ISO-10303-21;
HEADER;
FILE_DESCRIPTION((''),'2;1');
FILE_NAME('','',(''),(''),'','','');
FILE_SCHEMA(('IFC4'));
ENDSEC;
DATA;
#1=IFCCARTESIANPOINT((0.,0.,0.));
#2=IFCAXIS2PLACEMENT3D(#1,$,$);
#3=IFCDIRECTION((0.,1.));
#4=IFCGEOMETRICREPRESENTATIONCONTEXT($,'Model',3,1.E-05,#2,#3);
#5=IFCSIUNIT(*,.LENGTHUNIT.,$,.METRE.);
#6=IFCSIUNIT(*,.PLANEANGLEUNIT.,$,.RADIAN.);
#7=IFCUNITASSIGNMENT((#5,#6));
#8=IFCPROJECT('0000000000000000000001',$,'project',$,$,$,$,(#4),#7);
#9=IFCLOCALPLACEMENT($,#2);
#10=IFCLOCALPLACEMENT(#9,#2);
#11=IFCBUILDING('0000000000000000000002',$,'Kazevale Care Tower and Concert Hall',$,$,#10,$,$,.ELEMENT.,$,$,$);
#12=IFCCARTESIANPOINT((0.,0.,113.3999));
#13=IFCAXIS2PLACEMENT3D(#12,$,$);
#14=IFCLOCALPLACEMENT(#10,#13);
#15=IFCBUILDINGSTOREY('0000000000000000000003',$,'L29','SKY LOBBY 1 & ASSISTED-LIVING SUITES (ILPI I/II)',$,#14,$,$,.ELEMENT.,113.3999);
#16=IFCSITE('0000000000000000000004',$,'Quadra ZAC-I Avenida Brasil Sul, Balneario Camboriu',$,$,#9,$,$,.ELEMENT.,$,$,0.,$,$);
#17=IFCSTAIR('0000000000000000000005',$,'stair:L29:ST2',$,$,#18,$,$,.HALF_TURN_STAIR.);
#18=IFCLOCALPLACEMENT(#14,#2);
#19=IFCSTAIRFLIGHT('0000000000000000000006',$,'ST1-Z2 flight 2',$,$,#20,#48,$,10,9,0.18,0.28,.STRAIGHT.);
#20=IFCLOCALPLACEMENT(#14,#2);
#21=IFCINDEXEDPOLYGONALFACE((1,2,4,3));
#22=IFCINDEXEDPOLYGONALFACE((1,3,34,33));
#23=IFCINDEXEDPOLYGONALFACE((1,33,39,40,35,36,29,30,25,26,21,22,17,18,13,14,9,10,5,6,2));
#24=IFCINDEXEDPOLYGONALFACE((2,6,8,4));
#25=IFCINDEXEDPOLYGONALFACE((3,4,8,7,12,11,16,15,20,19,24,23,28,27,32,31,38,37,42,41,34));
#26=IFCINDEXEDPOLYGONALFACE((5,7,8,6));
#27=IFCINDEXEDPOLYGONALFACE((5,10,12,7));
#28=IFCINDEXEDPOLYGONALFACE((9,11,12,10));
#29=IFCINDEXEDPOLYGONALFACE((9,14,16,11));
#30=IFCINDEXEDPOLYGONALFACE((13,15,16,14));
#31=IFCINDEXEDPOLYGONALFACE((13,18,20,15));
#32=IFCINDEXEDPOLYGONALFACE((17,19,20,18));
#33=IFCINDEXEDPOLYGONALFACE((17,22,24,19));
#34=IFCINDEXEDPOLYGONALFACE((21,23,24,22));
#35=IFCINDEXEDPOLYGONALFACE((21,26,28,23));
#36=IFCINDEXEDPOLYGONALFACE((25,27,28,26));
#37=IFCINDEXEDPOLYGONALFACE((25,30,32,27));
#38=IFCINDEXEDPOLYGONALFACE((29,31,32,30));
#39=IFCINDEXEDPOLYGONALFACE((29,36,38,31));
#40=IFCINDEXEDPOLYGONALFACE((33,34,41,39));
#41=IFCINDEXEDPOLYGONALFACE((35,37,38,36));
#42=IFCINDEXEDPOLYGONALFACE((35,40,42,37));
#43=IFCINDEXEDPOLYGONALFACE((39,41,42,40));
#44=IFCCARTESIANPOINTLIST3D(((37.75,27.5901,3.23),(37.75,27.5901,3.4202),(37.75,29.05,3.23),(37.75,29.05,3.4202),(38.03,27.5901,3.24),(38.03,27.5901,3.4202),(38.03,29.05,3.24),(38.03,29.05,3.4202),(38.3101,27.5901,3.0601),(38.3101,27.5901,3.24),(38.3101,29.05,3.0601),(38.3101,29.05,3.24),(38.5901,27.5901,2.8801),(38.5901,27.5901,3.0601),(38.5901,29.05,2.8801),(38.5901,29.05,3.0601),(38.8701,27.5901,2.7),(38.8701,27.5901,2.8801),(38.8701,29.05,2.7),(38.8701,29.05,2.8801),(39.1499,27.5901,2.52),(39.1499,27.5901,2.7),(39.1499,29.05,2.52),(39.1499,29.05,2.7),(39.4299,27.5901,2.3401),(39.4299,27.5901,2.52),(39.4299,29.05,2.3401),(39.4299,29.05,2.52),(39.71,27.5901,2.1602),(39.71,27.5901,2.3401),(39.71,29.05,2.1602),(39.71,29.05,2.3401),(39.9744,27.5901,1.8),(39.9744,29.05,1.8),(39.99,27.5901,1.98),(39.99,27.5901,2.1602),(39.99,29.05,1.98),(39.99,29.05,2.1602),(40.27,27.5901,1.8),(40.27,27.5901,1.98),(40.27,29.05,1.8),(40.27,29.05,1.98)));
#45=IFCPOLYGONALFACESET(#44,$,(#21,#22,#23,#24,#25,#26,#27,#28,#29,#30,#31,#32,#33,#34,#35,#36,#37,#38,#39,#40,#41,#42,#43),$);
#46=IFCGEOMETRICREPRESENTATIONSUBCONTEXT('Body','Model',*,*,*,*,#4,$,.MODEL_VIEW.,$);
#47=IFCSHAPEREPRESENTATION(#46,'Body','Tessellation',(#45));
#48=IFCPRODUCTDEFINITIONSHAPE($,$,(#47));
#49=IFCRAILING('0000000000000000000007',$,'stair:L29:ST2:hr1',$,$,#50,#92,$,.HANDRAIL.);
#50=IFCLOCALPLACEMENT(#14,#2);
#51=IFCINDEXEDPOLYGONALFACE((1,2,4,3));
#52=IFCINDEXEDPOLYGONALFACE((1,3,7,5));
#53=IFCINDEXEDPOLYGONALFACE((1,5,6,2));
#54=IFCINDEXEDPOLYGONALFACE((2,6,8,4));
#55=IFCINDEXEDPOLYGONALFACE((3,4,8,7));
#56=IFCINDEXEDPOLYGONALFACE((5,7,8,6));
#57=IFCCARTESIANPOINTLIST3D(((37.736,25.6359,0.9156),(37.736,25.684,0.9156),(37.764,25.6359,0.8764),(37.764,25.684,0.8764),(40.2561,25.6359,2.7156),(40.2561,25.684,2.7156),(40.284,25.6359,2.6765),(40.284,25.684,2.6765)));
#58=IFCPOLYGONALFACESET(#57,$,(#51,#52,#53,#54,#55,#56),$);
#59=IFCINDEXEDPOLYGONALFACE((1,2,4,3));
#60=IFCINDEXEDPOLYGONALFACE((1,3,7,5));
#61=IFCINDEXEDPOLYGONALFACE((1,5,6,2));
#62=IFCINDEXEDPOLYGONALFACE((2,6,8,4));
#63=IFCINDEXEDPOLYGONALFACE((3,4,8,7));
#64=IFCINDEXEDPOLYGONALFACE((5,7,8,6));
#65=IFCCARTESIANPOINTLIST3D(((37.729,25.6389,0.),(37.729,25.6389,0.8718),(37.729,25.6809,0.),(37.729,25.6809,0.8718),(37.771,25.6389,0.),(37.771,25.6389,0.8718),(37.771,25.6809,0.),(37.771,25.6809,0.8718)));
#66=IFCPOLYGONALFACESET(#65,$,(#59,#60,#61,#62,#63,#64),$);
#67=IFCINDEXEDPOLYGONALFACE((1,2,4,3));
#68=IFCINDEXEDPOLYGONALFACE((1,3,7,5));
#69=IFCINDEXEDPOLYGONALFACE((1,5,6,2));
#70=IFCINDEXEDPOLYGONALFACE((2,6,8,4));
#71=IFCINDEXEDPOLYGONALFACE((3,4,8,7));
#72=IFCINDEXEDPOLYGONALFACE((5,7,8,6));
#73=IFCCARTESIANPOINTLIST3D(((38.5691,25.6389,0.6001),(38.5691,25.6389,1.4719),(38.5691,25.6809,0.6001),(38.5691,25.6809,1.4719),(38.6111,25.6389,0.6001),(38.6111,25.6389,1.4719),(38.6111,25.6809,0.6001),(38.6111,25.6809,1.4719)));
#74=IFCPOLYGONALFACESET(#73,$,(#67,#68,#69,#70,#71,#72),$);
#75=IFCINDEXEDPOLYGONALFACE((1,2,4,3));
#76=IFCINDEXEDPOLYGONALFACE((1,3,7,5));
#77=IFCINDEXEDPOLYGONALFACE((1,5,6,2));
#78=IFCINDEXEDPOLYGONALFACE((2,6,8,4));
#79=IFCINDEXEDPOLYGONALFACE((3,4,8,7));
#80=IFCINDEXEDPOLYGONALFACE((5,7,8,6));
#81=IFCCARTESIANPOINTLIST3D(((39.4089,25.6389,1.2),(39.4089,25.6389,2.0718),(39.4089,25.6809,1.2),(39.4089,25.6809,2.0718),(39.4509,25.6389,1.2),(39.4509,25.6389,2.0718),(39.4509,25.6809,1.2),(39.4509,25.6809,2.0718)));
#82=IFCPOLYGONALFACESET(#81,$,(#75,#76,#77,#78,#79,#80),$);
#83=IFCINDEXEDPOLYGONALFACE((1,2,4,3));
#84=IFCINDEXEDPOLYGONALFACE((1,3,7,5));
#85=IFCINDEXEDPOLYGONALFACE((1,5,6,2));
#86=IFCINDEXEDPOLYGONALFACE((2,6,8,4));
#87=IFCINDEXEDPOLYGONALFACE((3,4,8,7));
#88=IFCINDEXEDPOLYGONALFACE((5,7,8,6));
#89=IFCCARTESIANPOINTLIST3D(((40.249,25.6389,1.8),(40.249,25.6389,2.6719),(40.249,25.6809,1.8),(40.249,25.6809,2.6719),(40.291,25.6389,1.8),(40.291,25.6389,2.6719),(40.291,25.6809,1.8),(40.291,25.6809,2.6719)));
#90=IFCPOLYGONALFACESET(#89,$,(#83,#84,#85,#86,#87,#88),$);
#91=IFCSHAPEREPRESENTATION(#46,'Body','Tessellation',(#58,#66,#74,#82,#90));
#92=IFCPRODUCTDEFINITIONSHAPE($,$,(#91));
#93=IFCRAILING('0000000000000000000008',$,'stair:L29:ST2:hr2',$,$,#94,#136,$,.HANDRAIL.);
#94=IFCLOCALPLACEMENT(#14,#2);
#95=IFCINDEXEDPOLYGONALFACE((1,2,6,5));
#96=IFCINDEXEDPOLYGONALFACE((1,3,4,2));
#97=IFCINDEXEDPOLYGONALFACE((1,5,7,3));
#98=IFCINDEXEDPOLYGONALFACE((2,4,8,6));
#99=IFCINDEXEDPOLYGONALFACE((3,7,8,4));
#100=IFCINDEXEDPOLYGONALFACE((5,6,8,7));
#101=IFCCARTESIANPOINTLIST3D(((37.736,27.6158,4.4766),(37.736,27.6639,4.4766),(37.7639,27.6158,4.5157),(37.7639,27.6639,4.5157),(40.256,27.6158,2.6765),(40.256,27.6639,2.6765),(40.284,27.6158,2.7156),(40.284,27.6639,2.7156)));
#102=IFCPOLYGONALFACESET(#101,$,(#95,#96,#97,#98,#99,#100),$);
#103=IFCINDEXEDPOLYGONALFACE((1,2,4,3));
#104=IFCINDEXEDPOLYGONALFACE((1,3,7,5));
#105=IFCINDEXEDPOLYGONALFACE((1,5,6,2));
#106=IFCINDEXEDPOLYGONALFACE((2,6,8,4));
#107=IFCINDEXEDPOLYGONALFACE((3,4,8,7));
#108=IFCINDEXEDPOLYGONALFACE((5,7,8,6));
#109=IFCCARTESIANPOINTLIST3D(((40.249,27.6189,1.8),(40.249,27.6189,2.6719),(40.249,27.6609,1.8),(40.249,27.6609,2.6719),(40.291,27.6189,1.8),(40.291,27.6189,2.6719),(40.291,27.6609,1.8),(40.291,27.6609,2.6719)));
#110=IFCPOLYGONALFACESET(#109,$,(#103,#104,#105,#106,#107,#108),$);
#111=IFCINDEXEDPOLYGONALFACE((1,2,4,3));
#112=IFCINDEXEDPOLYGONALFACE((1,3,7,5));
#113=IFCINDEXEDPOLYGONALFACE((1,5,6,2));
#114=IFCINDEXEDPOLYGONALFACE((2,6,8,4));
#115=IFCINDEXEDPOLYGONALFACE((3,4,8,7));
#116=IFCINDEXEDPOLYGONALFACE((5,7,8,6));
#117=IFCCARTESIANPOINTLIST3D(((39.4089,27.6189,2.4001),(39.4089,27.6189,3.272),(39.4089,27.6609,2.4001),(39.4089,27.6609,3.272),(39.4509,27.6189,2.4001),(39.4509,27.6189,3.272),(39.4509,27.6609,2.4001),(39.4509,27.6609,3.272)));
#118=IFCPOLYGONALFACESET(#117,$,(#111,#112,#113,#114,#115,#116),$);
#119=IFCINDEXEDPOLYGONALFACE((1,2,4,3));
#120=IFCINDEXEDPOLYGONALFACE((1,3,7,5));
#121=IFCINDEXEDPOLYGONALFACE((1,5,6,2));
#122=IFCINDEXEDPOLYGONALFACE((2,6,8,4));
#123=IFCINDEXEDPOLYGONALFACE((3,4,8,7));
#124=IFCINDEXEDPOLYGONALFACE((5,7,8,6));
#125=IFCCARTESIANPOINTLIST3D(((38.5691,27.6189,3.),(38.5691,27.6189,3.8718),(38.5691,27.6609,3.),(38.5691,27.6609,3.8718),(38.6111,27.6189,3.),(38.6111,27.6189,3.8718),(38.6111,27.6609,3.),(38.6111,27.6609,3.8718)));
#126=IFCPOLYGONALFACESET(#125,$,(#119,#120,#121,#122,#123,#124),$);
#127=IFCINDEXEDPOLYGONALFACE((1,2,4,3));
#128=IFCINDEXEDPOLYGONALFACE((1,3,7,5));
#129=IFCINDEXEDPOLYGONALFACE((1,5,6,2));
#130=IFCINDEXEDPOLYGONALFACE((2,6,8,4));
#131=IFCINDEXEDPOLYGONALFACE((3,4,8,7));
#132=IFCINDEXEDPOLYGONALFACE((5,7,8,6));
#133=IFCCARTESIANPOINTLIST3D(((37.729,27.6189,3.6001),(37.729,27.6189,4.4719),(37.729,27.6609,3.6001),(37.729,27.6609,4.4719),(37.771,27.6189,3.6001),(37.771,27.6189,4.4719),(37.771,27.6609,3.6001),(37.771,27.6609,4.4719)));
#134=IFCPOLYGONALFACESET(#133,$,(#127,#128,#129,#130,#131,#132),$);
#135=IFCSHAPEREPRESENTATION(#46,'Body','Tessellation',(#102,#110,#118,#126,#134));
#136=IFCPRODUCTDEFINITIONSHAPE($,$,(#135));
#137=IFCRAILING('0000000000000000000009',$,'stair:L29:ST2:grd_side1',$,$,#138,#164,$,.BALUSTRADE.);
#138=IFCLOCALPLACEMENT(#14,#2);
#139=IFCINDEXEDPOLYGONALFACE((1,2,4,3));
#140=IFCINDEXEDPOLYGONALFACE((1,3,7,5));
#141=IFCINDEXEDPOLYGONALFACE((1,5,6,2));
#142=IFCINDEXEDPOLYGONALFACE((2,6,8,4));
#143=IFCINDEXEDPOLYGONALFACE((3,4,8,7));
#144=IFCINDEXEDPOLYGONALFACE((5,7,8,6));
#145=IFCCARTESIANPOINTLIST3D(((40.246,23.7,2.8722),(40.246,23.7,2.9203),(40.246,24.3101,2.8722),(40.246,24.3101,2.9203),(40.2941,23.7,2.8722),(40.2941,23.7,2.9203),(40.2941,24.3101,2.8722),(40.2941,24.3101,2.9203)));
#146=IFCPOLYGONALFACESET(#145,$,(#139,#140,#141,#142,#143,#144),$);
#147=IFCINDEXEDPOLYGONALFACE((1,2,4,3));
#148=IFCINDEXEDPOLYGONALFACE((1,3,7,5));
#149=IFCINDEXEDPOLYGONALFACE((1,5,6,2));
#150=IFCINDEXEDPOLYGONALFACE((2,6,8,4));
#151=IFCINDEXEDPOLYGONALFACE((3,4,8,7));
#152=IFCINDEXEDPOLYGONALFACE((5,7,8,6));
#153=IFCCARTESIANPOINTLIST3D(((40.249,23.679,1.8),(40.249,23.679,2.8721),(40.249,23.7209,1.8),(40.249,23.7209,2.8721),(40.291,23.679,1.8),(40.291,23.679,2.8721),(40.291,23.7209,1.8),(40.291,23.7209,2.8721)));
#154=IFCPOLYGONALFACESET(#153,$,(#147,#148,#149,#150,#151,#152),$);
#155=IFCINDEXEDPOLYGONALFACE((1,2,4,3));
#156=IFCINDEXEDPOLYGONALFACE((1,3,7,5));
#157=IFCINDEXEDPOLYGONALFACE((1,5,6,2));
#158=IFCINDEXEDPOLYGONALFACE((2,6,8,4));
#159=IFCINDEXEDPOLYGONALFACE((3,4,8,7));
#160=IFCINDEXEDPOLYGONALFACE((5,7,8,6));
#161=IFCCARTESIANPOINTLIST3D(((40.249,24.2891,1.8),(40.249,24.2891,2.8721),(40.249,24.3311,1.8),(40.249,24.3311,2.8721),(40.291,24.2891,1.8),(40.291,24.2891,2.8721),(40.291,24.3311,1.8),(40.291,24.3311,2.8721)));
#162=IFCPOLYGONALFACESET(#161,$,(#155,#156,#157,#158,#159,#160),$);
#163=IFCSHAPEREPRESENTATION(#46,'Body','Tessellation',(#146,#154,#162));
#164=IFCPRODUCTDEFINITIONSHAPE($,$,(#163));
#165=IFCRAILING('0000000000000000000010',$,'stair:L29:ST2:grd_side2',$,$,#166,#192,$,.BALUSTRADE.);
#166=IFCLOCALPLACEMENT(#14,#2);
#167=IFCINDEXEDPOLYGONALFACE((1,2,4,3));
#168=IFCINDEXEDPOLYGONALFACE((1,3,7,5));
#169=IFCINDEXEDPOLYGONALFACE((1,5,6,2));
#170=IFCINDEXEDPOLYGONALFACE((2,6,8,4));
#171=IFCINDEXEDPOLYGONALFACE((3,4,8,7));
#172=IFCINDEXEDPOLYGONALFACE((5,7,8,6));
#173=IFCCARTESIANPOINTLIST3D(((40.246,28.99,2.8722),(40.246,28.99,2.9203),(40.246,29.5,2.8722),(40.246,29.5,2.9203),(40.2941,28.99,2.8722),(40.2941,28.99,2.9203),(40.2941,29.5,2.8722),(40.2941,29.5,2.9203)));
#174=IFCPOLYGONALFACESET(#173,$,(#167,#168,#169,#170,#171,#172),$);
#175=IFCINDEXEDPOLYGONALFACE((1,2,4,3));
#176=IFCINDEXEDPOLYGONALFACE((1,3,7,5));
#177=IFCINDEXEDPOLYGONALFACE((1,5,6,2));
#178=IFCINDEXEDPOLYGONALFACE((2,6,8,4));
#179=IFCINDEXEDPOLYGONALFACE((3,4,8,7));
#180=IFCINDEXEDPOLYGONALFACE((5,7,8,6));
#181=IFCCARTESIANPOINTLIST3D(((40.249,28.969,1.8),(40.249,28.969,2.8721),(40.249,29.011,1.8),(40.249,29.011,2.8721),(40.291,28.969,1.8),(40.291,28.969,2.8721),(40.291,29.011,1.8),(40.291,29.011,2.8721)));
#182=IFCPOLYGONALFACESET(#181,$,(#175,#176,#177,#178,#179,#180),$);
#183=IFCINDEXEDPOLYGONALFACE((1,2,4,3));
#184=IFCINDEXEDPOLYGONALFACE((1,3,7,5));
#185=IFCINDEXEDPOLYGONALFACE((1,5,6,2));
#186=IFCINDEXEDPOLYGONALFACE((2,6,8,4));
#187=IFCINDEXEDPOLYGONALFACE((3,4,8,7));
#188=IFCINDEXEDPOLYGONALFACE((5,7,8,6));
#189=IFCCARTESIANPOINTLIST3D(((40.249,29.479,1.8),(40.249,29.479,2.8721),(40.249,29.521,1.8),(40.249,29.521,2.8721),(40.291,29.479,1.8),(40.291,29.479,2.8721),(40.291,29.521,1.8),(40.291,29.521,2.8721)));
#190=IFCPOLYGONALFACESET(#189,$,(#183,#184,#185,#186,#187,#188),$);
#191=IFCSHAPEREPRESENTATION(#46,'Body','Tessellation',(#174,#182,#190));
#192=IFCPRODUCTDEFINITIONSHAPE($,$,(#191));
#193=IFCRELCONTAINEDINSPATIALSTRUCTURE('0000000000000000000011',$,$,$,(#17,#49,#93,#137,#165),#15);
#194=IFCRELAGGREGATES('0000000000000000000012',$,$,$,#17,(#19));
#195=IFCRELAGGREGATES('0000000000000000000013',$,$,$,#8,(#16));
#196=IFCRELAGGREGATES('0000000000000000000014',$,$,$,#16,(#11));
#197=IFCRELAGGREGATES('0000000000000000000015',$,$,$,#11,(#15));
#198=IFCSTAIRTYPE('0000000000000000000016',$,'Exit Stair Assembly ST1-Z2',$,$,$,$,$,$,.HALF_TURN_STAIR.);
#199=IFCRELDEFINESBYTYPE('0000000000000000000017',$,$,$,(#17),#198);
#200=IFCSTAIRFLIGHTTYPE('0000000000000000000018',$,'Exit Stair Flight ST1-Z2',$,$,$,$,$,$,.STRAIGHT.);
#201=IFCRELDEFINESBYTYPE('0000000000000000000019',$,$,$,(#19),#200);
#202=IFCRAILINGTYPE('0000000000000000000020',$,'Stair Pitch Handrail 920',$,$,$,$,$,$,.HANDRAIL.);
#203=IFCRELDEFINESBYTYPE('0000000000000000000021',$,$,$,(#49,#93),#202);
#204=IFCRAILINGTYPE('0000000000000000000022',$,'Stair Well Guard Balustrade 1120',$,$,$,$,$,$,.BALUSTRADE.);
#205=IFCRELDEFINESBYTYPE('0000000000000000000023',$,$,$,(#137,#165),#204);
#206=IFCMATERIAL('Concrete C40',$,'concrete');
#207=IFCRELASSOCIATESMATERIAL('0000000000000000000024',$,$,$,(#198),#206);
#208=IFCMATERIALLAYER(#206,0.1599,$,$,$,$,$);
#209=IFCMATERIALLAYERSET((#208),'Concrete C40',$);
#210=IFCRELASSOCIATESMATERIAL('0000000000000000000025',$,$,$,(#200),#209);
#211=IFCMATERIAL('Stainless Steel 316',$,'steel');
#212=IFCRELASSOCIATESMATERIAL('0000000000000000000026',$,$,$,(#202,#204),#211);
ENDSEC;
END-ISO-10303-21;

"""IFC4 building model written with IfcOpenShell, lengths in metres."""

from ifc_helpers import new_model, si_unit, direction, frame, origin, origin_2d, place, context, subcontext, project, spatial, polyline, rectangle, outline, extrude, material, layer, layer_set, type_object, element, aggregate, save


model = new_model("IFC4")

# Units and contexts
model_context = context("Model", 3, precision=1e-05, world=origin(), true_north=direction((0.0, 1.0)))
body_context = subcontext(model_context, "Body", "Model", "MODEL_VIEW")
ifc_project = project(units=[si_unit("LENGTHUNIT", "METRE"), si_unit("PLANEANGLEUNIT", "RADIAN")], contexts=[model_context])

# Site, building, storey
site_placement = place(None, origin())
site = spatial("IfcSite", under=ifc_project, at=site_placement, Name="Quadra ZAC-I Avenida Brasil Sul, Balneario Camboriu", CompositionType="ELEMENT", RefElevation=0.0)
building_placement = place(site_placement, origin())
building = spatial("IfcBuilding", under=site, at=building_placement, Name="Kazevale Care Tower and Concert Hall", CompositionType="ELEMENT")
storey_placement = place(building_placement, frame((0.0, 0.0, 113.3999)))
storey = spatial("IfcBuildingStorey", under=building, at=storey_placement, Name="L29", Description="SKY LOBBY 1 & ASSISTED-LIVING SUITES (ILPI I/II)", CompositionType="ELEMENT", Elevation=113.3999)

# Shared definitions
ifc_material_1 = material(Name="Concrete C40", Category="concrete")

# Stair, stair flight
stair_type = type_object("IfcStairType", Name="Exit Stair Assembly ST1-Z2", PredefinedType="HALF_TURN_STAIR", material=ifc_material_1)
stair_placement = place(storey_placement, origin())
stair = element("IfcStair", 1, at=stair_placement, inside=storey, type_object=stair_type, Name="stair:L29:ST2", PredefinedType="HALF_TURN_STAIR")
ifc_layer_1 = layer(ifc_material_1, 0.1599)
ifc_layer_set_1 = layer_set([ifc_layer_1], Name="Concrete C40")
stair_flight_type = type_object("IfcStairFlightType", Name="Exit Stair Flight ST1-Z2", PredefinedType="STRAIGHT", material=ifc_layer_set_1)
stair_flight_1_placement = place(storey_placement, frame((40.27, 28.3201, 1.8), z_axis=(0.0, 0.0, 1.0), x_axis=(-1.0, 0.0, 0.0)))
stair_flight_1 = element("IfcStairFlight", 2, at=stair_flight_1_placement, type_object=stair_flight_type, Name="ST1-Z2 flight 2", NumberOfRisers=10, NumberOfTreads=9, PredefinedType="STRAIGHT", RiserHeight=0.18, TreadLength=0.28, context=body_context, shape_type="SweptSolid", body=[
    extrude(outline(polyline([(0.0, 0.0), (0.0, 0.1799), (0.28, 0.1799), (0.28, 0.3601), (0.5601, 0.3601), (0.5601, 0.54), (0.8401, 0.54), (0.8401, 0.72), (1.1201, 0.72), (1.1201, 0.8999), (1.3999, 0.8999), (1.3999, 1.0801), (1.6799, 1.0801), (1.6799, 1.26), (1.96, 1.26), (1.96, 1.4399), (2.24, 1.4399), (2.24, 1.6201), (2.52, 1.6201), (2.52, 1.8), (2.52, 1.4299), (0.2957, 0.0), (0.0, 0.0)])), frame((0.0, 0.73, 0.0), z_axis=(0.0, -1.0, 0.0), x_axis=(1.0, 0.0, 0.0)), (0.0, 0.0, 1.0), 1.46),
])
aggregate(stair, [stair_flight_1])

# Railings
ifc_material_2 = material(Name="Stainless Steel 316", Category="steel")
railing_type_1 = type_object("IfcRailingType", Name="Stair Pitch Handrail 920", PredefinedType="HANDRAIL", material=ifc_material_2)
railing_1_placement = place(storey_placement, frame((37.75, 25.6599, 0.0)))
element("IfcRailing", 3, at=railing_1_placement, inside=storey, type_object=railing_type_1, Name="stair:L29:ST2:hr1", PredefinedType="HANDRAIL", context=body_context, shape_type="SweptSolid", body=[
    extrude(rectangle(XDim=0.0481, YDim=0.0481, at=origin_2d()), frame((0.0, 0.0, 0.896), z_axis=(0.813728, 0.0, 0.581246), x_axis=(0.0, 1.0, 0.0)), (0.0, 0.0, 1.0), 3.0969),
    extrude(rectangle(XDim=0.042, YDim=0.042, at=origin_2d()), origin(), (0.0, 0.0, 1.0), 0.8718),
    extrude(rectangle(XDim=0.042, YDim=0.042, at=origin_2d()), frame((0.8401, 0.0, 0.6001)), (0.0, 0.0, 1.0), 0.8718),
    extrude(rectangle(XDim=0.042, YDim=0.042, at=origin_2d()), frame((1.6799, 0.0, 1.2)), (0.0, 0.0, 1.0), 0.8718),
    extrude(rectangle(XDim=0.042, YDim=0.042, at=origin_2d()), frame((2.52, 0.0, 1.8)), (0.0, 0.0, 1.0), 0.8718),
])
railing_2_placement = place(storey_placement, frame((40.27, 27.6399, 1.8)))
element("IfcRailing", 4, at=railing_2_placement, inside=storey, type_object=railing_type_1, Name="stair:L29:ST2:hr2", PredefinedType="HANDRAIL", context=body_context, shape_type="SweptSolid", body=[
    extrude(rectangle(XDim=0.0481, YDim=0.0481, at=origin_2d()), frame((0.0, 0.0, 0.896), z_axis=(-0.813728, 0.0, 0.581246), x_axis=(0.0, -1.0, 0.0)), (0.0, 0.0, 1.0), 3.0969),
    extrude(rectangle(XDim=0.042, YDim=0.042, at=origin_2d()), origin(), (0.0, 0.0, 1.0), 0.8718),
    extrude(rectangle(XDim=0.042, YDim=0.042, at=origin_2d()), frame((-0.8401, 0.0, 0.6001)), (0.0, 0.0, 1.0), 0.8718),
    extrude(rectangle(XDim=0.042, YDim=0.042, at=origin_2d()), frame((-1.6799, 0.0, 1.2)), (0.0, 0.0, 1.0), 0.8718),
    extrude(rectangle(XDim=0.042, YDim=0.042, at=origin_2d()), frame((-2.52, 0.0, 1.8)), (0.0, 0.0, 1.0), 0.8718),
])
railing_type_2 = type_object("IfcRailingType", Name="Stair Well Guard Balustrade 1120", PredefinedType="BALUSTRADE", material=ifc_material_2)
railing_3_placement = place(storey_placement, frame((40.27, 23.7, 1.8)))
element("IfcRailing", 5, at=railing_3_placement, inside=storey, type_object=railing_type_2, Name="stair:L29:ST2:grd_side1", PredefinedType="BALUSTRADE", context=body_context, shape_type="SweptSolid", body=[
    extrude(rectangle(XDim=0.0481, YDim=0.0481, at=origin_2d()), frame((0.0, 0.0, 1.0962), z_axis=(0.0, 1.0, 0.0), x_axis=(-1.0, 0.0, 0.0)), (0.0, 0.0, 1.0), 0.6101),
    extrude(rectangle(XDim=0.042, YDim=0.042, at=origin_2d()), origin(), (0.0, 0.0, 1.0), 1.072),
    extrude(rectangle(XDim=0.042, YDim=0.042, at=origin_2d()), frame((0.0, 0.6101, 0.0)), (0.0, 0.0, 1.0), 1.072),
])
railing_4_placement = place(storey_placement, frame((40.27, 28.99, 1.8)))
element("IfcRailing", 6, at=railing_4_placement, inside=storey, type_object=railing_type_2, Name="stair:L29:ST2:grd_side2", PredefinedType="BALUSTRADE", context=body_context, shape_type="SweptSolid", body=[
    extrude(rectangle(XDim=0.0481, YDim=0.0481, at=origin_2d()), frame((0.0, 0.0, 1.0962), z_axis=(0.0, 1.0, 0.0), x_axis=(-1.0, 0.0, 0.0)), (0.0, 0.0, 1.0), 0.51),
    extrude(rectangle(XDim=0.042, YDim=0.042, at=origin_2d()), origin(), (0.0, 0.0, 1.0), 1.072),
    extrude(rectangle(XDim=0.042, YDim=0.042, at=origin_2d()), frame((0.0, 0.51, 0.0)), (0.0, 0.0, 1.0), 1.072),
])

save(model, "model.ifc")
